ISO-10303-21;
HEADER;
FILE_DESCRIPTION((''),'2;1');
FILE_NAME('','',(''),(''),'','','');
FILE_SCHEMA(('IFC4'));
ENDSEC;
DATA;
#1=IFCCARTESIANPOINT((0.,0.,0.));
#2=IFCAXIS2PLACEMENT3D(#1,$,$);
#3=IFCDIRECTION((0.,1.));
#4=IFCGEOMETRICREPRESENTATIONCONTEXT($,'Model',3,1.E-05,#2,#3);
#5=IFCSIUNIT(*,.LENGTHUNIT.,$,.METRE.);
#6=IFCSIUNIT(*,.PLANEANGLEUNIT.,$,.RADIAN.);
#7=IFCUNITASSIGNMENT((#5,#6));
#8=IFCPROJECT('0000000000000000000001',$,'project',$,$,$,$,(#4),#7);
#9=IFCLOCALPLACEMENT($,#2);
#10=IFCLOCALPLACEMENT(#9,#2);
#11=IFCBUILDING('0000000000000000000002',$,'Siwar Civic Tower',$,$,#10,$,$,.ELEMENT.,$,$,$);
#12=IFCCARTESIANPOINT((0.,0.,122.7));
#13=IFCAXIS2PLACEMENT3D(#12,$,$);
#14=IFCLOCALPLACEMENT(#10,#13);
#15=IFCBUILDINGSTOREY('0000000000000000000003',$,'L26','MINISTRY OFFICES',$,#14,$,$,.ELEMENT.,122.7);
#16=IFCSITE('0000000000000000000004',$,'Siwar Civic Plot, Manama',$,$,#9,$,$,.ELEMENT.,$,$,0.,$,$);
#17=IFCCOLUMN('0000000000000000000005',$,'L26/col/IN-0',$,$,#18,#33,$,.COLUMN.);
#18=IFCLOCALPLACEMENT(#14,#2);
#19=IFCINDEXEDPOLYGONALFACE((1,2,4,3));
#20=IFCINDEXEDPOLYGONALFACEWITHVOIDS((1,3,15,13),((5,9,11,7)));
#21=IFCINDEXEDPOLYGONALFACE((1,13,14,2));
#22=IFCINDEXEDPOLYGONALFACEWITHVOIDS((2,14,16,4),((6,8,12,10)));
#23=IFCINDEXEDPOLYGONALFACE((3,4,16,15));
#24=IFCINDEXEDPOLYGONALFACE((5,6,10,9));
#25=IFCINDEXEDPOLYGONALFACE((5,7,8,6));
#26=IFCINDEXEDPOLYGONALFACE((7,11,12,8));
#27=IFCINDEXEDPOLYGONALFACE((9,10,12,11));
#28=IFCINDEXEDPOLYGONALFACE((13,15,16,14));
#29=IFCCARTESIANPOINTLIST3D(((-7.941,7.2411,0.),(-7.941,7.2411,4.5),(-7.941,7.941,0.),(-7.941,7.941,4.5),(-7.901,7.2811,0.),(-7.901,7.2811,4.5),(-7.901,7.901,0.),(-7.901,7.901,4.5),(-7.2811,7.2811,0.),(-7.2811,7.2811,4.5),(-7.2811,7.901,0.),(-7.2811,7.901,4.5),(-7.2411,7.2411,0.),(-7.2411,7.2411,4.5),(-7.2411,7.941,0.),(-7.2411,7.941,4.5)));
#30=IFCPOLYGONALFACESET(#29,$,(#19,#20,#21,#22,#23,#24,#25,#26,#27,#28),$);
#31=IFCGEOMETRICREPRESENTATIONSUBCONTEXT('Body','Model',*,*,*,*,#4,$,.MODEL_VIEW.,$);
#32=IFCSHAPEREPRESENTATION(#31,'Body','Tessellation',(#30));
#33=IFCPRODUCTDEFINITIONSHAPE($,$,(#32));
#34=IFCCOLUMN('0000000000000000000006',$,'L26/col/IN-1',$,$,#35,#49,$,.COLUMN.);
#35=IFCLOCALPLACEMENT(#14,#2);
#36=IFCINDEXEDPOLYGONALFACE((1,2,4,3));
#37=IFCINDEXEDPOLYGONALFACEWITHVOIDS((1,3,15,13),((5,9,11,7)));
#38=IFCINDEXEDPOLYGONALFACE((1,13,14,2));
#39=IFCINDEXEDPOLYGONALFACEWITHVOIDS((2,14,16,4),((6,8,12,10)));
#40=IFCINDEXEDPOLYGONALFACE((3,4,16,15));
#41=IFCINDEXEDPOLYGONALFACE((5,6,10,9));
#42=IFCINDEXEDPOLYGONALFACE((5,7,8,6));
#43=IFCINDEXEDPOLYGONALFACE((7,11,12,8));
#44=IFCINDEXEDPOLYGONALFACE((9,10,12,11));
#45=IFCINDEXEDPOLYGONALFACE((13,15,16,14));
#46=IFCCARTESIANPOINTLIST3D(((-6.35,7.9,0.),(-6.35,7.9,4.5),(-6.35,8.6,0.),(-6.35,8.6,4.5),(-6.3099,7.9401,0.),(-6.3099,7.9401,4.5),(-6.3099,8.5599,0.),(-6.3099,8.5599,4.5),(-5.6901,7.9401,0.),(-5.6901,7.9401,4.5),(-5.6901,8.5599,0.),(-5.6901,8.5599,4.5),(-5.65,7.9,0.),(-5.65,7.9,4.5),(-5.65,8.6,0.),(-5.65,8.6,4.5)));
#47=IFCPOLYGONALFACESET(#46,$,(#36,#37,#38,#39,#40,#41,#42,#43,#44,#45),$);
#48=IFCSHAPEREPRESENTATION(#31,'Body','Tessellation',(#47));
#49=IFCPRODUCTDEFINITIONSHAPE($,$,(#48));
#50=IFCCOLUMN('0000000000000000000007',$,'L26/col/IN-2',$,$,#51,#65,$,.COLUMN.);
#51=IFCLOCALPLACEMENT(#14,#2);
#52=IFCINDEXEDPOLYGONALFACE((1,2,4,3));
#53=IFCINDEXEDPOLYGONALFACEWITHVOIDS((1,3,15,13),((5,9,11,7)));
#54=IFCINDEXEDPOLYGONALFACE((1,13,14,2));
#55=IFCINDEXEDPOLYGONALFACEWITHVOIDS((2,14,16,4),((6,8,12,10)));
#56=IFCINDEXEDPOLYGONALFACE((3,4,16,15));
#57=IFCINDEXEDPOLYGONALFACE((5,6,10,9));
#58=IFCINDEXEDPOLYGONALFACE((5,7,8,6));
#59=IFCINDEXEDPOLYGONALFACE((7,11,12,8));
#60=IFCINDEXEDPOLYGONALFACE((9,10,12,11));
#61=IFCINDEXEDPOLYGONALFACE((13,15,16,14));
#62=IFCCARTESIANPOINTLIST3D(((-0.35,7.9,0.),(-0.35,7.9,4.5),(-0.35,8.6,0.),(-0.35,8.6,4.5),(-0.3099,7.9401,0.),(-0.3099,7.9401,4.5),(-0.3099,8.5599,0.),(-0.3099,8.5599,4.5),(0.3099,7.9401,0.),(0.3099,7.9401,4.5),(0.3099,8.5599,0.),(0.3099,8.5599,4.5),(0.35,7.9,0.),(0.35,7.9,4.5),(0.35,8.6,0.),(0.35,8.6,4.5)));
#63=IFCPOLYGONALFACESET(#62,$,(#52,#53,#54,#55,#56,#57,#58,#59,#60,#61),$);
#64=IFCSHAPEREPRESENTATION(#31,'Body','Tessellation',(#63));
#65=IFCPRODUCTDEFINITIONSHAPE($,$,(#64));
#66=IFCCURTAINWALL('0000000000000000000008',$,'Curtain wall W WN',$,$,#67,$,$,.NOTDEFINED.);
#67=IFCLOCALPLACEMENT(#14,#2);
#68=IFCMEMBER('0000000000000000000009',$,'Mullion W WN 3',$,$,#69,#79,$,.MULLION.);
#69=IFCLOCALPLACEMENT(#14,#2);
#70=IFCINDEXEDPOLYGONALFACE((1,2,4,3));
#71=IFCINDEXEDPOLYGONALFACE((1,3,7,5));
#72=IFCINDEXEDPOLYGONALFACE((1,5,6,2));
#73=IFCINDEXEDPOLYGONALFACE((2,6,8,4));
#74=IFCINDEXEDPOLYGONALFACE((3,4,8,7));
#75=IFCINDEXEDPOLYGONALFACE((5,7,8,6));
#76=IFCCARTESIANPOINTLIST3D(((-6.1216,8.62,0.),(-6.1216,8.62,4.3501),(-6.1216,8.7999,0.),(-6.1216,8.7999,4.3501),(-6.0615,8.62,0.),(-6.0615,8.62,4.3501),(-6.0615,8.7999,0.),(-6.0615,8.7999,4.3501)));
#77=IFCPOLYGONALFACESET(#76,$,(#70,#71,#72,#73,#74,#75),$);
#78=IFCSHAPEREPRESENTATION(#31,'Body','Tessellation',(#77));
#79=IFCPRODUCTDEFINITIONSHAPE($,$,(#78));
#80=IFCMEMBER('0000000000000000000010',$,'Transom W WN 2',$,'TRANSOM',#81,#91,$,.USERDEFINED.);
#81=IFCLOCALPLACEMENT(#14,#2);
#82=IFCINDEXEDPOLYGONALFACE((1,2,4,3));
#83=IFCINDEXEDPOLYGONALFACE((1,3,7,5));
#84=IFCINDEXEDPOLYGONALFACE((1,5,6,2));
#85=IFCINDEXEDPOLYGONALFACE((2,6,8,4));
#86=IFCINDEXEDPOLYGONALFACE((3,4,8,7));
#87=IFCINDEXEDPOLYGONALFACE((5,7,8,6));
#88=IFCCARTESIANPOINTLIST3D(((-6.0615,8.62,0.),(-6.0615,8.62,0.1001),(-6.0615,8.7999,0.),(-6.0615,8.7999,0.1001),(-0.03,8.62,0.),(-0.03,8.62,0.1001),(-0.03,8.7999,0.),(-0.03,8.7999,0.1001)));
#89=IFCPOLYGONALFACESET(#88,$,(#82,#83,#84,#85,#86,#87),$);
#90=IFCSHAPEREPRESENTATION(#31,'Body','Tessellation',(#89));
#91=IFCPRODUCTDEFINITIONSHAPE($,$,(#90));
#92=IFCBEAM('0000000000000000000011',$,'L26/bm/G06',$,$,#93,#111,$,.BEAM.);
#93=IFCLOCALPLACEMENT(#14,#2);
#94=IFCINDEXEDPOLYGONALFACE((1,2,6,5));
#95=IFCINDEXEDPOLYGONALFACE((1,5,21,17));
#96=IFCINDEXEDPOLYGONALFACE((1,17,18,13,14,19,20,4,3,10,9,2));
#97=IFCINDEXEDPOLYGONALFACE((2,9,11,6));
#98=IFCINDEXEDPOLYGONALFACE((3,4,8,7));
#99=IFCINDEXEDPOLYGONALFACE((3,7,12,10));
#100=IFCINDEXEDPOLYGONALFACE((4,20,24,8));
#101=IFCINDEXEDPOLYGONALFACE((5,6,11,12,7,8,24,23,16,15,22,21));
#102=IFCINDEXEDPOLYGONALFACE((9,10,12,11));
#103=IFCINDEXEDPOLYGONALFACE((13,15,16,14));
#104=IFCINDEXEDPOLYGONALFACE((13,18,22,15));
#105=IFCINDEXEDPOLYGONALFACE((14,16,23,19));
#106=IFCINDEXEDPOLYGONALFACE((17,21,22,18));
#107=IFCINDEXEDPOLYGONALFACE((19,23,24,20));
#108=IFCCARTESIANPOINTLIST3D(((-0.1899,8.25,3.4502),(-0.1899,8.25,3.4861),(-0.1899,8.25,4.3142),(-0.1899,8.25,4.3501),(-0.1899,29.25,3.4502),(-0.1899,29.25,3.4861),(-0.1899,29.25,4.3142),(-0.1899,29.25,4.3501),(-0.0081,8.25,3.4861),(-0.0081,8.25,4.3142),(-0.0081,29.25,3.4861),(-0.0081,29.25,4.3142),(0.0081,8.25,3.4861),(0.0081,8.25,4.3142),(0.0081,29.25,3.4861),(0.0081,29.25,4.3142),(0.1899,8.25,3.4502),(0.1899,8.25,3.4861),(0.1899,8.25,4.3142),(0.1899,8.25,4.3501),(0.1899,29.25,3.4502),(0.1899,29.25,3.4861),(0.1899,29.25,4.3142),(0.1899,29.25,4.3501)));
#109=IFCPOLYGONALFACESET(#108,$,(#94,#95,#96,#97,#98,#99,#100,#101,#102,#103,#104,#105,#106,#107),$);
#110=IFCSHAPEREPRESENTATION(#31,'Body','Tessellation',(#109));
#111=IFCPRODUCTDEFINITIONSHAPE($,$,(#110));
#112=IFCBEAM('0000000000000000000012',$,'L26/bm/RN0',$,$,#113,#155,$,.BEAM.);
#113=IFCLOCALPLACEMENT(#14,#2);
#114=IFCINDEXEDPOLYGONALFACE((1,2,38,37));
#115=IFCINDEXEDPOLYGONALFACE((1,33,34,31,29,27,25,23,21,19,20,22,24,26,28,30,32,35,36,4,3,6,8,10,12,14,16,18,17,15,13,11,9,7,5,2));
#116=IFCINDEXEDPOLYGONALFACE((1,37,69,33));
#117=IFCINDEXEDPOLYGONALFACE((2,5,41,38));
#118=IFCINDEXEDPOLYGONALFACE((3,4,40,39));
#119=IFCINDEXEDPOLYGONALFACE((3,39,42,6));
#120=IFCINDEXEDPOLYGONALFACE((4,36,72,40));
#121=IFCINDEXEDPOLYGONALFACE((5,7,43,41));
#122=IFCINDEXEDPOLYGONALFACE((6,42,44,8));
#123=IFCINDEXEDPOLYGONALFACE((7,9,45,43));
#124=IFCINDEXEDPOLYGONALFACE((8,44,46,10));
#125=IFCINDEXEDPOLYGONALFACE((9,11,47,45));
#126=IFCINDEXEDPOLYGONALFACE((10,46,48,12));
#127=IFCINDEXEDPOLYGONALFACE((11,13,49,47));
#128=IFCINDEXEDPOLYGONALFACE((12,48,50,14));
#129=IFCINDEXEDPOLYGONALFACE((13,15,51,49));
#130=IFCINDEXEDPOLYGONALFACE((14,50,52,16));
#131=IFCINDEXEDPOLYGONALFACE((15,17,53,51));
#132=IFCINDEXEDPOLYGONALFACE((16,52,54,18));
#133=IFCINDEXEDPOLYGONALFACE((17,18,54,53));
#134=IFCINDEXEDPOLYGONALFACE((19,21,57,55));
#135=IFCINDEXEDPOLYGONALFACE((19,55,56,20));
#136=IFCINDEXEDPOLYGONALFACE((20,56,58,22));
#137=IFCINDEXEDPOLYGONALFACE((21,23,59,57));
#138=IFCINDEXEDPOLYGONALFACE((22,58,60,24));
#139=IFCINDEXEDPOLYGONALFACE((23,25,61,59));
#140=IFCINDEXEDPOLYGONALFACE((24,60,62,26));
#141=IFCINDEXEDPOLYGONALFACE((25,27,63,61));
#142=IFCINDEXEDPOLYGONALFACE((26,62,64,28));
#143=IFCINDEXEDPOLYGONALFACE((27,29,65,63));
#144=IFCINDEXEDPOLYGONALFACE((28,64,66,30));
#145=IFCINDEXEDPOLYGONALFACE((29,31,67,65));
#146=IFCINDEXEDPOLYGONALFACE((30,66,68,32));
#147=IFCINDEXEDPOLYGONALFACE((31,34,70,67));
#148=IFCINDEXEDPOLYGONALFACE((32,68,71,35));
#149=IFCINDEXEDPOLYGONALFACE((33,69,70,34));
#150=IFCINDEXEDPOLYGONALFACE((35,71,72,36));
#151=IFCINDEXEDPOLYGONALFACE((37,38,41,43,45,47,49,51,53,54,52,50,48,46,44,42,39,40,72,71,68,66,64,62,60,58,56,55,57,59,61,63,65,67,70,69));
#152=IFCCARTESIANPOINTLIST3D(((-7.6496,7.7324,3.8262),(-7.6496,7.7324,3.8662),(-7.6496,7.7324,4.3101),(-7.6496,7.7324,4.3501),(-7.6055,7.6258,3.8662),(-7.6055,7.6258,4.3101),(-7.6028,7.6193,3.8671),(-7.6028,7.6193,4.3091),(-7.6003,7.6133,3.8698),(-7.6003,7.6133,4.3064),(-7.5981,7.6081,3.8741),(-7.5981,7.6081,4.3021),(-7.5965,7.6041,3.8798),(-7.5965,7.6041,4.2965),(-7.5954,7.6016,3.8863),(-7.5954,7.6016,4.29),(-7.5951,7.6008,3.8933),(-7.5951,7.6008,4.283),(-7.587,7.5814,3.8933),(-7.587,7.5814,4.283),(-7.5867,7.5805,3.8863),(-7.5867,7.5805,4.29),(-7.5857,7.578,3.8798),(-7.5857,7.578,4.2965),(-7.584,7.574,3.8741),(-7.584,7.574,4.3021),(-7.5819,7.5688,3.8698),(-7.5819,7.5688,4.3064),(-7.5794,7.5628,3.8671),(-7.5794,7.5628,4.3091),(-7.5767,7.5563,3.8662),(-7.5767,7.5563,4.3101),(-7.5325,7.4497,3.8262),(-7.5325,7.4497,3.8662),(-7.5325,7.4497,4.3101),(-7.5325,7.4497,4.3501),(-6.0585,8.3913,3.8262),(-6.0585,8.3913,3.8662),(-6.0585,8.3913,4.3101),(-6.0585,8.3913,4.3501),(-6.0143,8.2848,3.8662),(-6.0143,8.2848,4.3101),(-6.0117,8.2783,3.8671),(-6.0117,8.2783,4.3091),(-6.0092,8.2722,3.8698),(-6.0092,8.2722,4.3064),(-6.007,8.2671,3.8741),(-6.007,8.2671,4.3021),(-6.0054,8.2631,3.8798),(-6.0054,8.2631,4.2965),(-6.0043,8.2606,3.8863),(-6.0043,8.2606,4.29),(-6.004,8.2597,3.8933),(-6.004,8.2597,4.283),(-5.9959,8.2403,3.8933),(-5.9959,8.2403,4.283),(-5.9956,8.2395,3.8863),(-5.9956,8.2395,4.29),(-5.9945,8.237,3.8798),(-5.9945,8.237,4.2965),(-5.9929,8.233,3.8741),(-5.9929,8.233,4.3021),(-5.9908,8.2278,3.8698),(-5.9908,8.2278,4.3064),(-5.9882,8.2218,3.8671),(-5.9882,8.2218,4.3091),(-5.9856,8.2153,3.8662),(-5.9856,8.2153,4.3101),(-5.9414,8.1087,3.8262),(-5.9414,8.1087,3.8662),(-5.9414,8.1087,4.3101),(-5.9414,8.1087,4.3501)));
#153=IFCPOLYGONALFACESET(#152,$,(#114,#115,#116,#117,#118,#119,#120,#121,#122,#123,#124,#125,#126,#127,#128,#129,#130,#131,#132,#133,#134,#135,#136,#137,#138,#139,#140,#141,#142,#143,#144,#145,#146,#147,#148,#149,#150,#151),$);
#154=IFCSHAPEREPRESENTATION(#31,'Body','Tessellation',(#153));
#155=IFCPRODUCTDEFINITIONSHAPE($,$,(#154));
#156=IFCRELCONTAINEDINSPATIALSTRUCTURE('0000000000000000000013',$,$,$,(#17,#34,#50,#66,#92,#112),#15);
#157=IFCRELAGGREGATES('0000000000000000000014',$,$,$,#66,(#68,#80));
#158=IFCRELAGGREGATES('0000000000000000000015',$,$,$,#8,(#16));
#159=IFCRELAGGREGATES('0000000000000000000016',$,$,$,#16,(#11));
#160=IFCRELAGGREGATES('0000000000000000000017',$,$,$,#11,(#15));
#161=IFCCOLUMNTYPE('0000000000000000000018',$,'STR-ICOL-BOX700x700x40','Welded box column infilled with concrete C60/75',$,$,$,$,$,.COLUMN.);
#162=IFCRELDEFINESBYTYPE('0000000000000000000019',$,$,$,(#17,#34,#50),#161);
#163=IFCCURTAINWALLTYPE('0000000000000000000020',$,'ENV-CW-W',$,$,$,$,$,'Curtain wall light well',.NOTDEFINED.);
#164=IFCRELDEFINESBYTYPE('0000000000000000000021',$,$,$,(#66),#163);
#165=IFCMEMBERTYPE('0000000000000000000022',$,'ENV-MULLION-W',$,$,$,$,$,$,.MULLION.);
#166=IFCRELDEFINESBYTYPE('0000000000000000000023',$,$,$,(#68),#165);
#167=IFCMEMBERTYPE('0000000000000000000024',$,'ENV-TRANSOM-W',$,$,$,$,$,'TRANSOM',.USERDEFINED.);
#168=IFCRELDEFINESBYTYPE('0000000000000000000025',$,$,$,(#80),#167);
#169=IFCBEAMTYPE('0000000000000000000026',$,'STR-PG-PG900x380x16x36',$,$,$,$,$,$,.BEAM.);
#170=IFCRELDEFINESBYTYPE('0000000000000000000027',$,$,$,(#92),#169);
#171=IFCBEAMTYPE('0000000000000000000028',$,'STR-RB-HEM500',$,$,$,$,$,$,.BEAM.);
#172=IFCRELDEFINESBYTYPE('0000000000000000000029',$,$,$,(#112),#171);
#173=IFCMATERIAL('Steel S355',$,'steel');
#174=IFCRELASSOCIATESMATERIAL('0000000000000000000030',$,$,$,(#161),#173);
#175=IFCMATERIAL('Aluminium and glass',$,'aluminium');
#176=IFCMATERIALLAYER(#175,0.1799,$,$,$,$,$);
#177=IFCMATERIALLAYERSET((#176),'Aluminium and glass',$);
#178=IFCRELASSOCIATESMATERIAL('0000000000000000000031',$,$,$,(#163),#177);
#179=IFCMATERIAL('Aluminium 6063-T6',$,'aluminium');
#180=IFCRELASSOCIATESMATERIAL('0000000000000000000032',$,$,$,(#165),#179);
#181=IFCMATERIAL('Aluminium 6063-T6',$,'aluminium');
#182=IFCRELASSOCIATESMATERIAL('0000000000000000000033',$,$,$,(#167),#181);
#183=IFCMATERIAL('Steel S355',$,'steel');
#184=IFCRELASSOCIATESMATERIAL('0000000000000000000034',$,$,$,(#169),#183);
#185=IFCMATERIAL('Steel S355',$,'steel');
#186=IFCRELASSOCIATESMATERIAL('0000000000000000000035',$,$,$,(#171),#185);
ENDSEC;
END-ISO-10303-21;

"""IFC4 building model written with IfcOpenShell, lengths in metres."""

from ifc_helpers import new_model, si_unit, direction, frame, origin, origin_2d, place, context, subcontext, project, spatial, rectangle, hollow_rectangle, i_section, extrude, material, layer, layer_set, material_profile, profile_set, type_object, element, aggregate, save


model = new_model("IFC4")

# Units and contexts
model_context = context("Model", 3, precision=1e-05, world=origin(), true_north=direction((0.0, 1.0)))
body_context = subcontext(model_context, "Body", "Model", "MODEL_VIEW")
ifc_project = project(units=[si_unit("LENGTHUNIT", "METRE"), si_unit("PLANEANGLEUNIT", "RADIAN")], contexts=[model_context])

# Site, building, storey
site_placement = place(None, origin())
site = spatial("IfcSite", under=ifc_project, at=site_placement, Name="Siwar Civic Plot, Manama", CompositionType="ELEMENT", RefElevation=0.0)
building_placement = place(site_placement, origin())
building = spatial("IfcBuilding", under=site, at=building_placement, Name="Siwar Civic Tower", CompositionType="ELEMENT")
storey_placement = place(building_placement, frame((0.0, 0.0, 122.7)))
storey = spatial("IfcBuildingStorey", under=building, at=storey_placement, Name="L26", Description="MINISTRY OFFICES", CompositionType="ELEMENT", Elevation=122.7)

# Columns
ifc_material_1 = material(Name="Steel S355", Category="steel")
ifc_material_profile_1 = material_profile(ifc_material_1, hollow_rectangle(XDim=0.7, YDim=0.7, WallThickness=0.04, at=origin_2d()), Name="BOX700x700x40")
ifc_profile_set_1 = profile_set([ifc_material_profile_1], Name="Steel S355")
column_type = type_object("IfcColumnType", Name="STR-ICOL-BOX700x700x40", Description="Welded box column infilled with concrete C60/75", PredefinedType="COLUMN", material=ifc_profile_set_1)
for number, where, z_axis, x_axis, name in (
    (1, (-7.5911, 7.5911, 0.0), (0.0, 0.0, 1.0), (1.0, 0.0, 0.0), "L26/col/IN-0"),
    (2, (-6.0, 8.25, 0.0), (0.0, 0.0, 1.0), (1.0, 0.0, 0.0), "L26/col/IN-1"),
    (3, (0.0, 8.25, 0.0), (0.0, 0.0, 1.0), (1.0, 0.0, 0.0), "L26/col/IN-2"),
):
    element("IfcColumn", number, at=place(storey_placement, frame(where, z_axis=z_axis, x_axis=x_axis)), inside=storey, type_object=column_type, Name=name, PredefinedType="COLUMN", context=body_context, shape_type="SweptSolid", body=[
        extrude(hollow_rectangle(XDim=0.7, YDim=0.7, WallThickness=0.04, at=origin_2d()), origin(), (0.0, 0.0, 1.0), 4.5),
    ])

# Curtain wall, members
ifc_material_2 = material(Name="Aluminium and glass", Category="aluminium")
ifc_layer_1 = layer(ifc_material_2, 0.1799)
ifc_layer_set_1 = layer_set([ifc_layer_1], Name="Aluminium and glass")
curtain_wall_type = type_object("IfcCurtainWallType", Name="ENV-CW-W", ElementType="Curtain wall light well", PredefinedType="NOTDEFINED", material=ifc_layer_set_1)
curtain_wall_placement = place(storey_placement, origin())
curtain_wall = element("IfcCurtainWall", 4, at=curtain_wall_placement, inside=storey, type_object=curtain_wall_type, Name="Curtain wall W WN", PredefinedType="NOTDEFINED")
ifc_material_3 = material(Name="Aluminium 6063-T6", Category="aluminium")
ifc_material_profile_2 = material_profile(ifc_material_3, rectangle(XDim=0.1799, YDim=0.0601, at=origin_2d()), Name="AL 180x60")
ifc_profile_set_2 = profile_set([ifc_material_profile_2], Name="Aluminium 6063-T6")
member_type_1 = type_object("IfcMemberType", Name="ENV-MULLION-W", PredefinedType="MULLION", material=ifc_profile_set_2)
member_1_placement = place(storey_placement, frame((-6.0916, 8.71, 0.0), z_axis=(0.0, 0.0, 1.0), x_axis=(0.0, -1.0, 0.0)))
member_1 = element("IfcMember", 5, at=member_1_placement, type_object=member_type_1, Name="Mullion W WN 3", PredefinedType="MULLION", context=body_context, shape_type="SweptSolid", body=[
    extrude(rectangle(XDim=0.1799, YDim=0.0601, at=origin_2d()), origin(), (0.0, 0.0, 1.0), 4.3501),
])
ifc_material_4 = material(Name="Aluminium 6063-T6", Category="aluminium")
ifc_material_profile_3 = material_profile(ifc_material_4, rectangle(XDim=0.1799, YDim=0.1001, at=origin_2d()), Name="AL 180x100")
ifc_profile_set_3 = profile_set([ifc_material_profile_3], Name="Aluminium 6063-T6")
member_type_2 = type_object("IfcMemberType", Name="ENV-TRANSOM-W", ElementType="TRANSOM", PredefinedType="USERDEFINED", material=ifc_profile_set_3)
member_2_placement = place(storey_placement, frame((-0.03, 8.71, 0.05), z_axis=(-1.0, 0.0, 0.0), x_axis=(0.0, -1.0, 0.0)))
member_2 = element("IfcMember", 6, at=member_2_placement, type_object=member_type_2, Name="Transom W WN 2", ObjectType="TRANSOM", PredefinedType="USERDEFINED", context=body_context, shape_type="SweptSolid", body=[
    extrude(rectangle(XDim=0.1799, YDim=0.1001, at=origin_2d()), origin(), (0.0, 0.0, 1.0), 6.0315),
])

# Beams
ifc_material_5 = material(Name="Steel S355", Category="steel")
ifc_material_profile_4 = material_profile(ifc_material_5, i_section(OverallWidth=0.3799, OverallDepth=0.8999, WebThickness=0.0161, FlangeThickness=0.0359, at=origin_2d()), Name="PG900x380x16x36")
ifc_profile_set_4 = profile_set([ifc_material_profile_4], Name="Steel S355")
beam_type_1 = type_object("IfcBeamType", Name="STR-PG-PG900x380x16x36", PredefinedType="BEAM", material=ifc_profile_set_4)
beam_1_placement = place(storey_placement, frame((0.0, 8.25, 3.9001), z_axis=(0.0, 1.0, 0.0), x_axis=(-1.0, 0.0, 0.0)))
element("IfcBeam", 7, at=beam_1_placement, inside=storey, type_object=beam_type_1, Name="L26/bm/G06", PredefinedType="BEAM", context=body_context, shape_type="SweptSolid", body=[
    extrude(i_section(OverallWidth=0.3799, OverallDepth=0.8999, WebThickness=0.0161, FlangeThickness=0.0359, at=origin_2d()), origin(), (0.0, 0.0, 1.0), 21.0),
])
ifc_material_6 = material(Name="Steel S355", Category="steel")
ifc_material_profile_5 = material_profile(ifc_material_6, i_section(OverallWidth=0.3059, OverallDepth=0.5239, WebThickness=0.021, FlangeThickness=0.04, FilletRadius=0.0271, at=origin_2d()), Name="HEM500")
ifc_profile_set_5 = profile_set([ifc_material_profile_5], Name="Steel S355")
beam_type_2 = type_object("IfcBeamType", Name="STR-RB-HEM500", PredefinedType="BEAM", material=ifc_profile_set_5)
beam_2_placement = place(storey_placement, frame((-7.5911, 7.5911, 4.0881), z_axis=(0.923901, 0.382631, 0.0), x_axis=(-0.382631, 0.923901, 0.0)))
element("IfcBeam", 8, at=beam_2_placement, inside=storey, type_object=beam_type_2, Name="L26/bm/RN0", PredefinedType="BEAM", context=body_context, shape_type="SweptSolid", body=[
    extrude(i_section(OverallWidth=0.3059, OverallDepth=0.5239, WebThickness=0.021, FlangeThickness=0.04, FilletRadius=0.0271, at=origin_2d()), origin(), (0.0, 0.0, 1.0), 1.7222),
])

aggregate(curtain_wall, [member_1, member_2])

save(model, "model.ifc")
